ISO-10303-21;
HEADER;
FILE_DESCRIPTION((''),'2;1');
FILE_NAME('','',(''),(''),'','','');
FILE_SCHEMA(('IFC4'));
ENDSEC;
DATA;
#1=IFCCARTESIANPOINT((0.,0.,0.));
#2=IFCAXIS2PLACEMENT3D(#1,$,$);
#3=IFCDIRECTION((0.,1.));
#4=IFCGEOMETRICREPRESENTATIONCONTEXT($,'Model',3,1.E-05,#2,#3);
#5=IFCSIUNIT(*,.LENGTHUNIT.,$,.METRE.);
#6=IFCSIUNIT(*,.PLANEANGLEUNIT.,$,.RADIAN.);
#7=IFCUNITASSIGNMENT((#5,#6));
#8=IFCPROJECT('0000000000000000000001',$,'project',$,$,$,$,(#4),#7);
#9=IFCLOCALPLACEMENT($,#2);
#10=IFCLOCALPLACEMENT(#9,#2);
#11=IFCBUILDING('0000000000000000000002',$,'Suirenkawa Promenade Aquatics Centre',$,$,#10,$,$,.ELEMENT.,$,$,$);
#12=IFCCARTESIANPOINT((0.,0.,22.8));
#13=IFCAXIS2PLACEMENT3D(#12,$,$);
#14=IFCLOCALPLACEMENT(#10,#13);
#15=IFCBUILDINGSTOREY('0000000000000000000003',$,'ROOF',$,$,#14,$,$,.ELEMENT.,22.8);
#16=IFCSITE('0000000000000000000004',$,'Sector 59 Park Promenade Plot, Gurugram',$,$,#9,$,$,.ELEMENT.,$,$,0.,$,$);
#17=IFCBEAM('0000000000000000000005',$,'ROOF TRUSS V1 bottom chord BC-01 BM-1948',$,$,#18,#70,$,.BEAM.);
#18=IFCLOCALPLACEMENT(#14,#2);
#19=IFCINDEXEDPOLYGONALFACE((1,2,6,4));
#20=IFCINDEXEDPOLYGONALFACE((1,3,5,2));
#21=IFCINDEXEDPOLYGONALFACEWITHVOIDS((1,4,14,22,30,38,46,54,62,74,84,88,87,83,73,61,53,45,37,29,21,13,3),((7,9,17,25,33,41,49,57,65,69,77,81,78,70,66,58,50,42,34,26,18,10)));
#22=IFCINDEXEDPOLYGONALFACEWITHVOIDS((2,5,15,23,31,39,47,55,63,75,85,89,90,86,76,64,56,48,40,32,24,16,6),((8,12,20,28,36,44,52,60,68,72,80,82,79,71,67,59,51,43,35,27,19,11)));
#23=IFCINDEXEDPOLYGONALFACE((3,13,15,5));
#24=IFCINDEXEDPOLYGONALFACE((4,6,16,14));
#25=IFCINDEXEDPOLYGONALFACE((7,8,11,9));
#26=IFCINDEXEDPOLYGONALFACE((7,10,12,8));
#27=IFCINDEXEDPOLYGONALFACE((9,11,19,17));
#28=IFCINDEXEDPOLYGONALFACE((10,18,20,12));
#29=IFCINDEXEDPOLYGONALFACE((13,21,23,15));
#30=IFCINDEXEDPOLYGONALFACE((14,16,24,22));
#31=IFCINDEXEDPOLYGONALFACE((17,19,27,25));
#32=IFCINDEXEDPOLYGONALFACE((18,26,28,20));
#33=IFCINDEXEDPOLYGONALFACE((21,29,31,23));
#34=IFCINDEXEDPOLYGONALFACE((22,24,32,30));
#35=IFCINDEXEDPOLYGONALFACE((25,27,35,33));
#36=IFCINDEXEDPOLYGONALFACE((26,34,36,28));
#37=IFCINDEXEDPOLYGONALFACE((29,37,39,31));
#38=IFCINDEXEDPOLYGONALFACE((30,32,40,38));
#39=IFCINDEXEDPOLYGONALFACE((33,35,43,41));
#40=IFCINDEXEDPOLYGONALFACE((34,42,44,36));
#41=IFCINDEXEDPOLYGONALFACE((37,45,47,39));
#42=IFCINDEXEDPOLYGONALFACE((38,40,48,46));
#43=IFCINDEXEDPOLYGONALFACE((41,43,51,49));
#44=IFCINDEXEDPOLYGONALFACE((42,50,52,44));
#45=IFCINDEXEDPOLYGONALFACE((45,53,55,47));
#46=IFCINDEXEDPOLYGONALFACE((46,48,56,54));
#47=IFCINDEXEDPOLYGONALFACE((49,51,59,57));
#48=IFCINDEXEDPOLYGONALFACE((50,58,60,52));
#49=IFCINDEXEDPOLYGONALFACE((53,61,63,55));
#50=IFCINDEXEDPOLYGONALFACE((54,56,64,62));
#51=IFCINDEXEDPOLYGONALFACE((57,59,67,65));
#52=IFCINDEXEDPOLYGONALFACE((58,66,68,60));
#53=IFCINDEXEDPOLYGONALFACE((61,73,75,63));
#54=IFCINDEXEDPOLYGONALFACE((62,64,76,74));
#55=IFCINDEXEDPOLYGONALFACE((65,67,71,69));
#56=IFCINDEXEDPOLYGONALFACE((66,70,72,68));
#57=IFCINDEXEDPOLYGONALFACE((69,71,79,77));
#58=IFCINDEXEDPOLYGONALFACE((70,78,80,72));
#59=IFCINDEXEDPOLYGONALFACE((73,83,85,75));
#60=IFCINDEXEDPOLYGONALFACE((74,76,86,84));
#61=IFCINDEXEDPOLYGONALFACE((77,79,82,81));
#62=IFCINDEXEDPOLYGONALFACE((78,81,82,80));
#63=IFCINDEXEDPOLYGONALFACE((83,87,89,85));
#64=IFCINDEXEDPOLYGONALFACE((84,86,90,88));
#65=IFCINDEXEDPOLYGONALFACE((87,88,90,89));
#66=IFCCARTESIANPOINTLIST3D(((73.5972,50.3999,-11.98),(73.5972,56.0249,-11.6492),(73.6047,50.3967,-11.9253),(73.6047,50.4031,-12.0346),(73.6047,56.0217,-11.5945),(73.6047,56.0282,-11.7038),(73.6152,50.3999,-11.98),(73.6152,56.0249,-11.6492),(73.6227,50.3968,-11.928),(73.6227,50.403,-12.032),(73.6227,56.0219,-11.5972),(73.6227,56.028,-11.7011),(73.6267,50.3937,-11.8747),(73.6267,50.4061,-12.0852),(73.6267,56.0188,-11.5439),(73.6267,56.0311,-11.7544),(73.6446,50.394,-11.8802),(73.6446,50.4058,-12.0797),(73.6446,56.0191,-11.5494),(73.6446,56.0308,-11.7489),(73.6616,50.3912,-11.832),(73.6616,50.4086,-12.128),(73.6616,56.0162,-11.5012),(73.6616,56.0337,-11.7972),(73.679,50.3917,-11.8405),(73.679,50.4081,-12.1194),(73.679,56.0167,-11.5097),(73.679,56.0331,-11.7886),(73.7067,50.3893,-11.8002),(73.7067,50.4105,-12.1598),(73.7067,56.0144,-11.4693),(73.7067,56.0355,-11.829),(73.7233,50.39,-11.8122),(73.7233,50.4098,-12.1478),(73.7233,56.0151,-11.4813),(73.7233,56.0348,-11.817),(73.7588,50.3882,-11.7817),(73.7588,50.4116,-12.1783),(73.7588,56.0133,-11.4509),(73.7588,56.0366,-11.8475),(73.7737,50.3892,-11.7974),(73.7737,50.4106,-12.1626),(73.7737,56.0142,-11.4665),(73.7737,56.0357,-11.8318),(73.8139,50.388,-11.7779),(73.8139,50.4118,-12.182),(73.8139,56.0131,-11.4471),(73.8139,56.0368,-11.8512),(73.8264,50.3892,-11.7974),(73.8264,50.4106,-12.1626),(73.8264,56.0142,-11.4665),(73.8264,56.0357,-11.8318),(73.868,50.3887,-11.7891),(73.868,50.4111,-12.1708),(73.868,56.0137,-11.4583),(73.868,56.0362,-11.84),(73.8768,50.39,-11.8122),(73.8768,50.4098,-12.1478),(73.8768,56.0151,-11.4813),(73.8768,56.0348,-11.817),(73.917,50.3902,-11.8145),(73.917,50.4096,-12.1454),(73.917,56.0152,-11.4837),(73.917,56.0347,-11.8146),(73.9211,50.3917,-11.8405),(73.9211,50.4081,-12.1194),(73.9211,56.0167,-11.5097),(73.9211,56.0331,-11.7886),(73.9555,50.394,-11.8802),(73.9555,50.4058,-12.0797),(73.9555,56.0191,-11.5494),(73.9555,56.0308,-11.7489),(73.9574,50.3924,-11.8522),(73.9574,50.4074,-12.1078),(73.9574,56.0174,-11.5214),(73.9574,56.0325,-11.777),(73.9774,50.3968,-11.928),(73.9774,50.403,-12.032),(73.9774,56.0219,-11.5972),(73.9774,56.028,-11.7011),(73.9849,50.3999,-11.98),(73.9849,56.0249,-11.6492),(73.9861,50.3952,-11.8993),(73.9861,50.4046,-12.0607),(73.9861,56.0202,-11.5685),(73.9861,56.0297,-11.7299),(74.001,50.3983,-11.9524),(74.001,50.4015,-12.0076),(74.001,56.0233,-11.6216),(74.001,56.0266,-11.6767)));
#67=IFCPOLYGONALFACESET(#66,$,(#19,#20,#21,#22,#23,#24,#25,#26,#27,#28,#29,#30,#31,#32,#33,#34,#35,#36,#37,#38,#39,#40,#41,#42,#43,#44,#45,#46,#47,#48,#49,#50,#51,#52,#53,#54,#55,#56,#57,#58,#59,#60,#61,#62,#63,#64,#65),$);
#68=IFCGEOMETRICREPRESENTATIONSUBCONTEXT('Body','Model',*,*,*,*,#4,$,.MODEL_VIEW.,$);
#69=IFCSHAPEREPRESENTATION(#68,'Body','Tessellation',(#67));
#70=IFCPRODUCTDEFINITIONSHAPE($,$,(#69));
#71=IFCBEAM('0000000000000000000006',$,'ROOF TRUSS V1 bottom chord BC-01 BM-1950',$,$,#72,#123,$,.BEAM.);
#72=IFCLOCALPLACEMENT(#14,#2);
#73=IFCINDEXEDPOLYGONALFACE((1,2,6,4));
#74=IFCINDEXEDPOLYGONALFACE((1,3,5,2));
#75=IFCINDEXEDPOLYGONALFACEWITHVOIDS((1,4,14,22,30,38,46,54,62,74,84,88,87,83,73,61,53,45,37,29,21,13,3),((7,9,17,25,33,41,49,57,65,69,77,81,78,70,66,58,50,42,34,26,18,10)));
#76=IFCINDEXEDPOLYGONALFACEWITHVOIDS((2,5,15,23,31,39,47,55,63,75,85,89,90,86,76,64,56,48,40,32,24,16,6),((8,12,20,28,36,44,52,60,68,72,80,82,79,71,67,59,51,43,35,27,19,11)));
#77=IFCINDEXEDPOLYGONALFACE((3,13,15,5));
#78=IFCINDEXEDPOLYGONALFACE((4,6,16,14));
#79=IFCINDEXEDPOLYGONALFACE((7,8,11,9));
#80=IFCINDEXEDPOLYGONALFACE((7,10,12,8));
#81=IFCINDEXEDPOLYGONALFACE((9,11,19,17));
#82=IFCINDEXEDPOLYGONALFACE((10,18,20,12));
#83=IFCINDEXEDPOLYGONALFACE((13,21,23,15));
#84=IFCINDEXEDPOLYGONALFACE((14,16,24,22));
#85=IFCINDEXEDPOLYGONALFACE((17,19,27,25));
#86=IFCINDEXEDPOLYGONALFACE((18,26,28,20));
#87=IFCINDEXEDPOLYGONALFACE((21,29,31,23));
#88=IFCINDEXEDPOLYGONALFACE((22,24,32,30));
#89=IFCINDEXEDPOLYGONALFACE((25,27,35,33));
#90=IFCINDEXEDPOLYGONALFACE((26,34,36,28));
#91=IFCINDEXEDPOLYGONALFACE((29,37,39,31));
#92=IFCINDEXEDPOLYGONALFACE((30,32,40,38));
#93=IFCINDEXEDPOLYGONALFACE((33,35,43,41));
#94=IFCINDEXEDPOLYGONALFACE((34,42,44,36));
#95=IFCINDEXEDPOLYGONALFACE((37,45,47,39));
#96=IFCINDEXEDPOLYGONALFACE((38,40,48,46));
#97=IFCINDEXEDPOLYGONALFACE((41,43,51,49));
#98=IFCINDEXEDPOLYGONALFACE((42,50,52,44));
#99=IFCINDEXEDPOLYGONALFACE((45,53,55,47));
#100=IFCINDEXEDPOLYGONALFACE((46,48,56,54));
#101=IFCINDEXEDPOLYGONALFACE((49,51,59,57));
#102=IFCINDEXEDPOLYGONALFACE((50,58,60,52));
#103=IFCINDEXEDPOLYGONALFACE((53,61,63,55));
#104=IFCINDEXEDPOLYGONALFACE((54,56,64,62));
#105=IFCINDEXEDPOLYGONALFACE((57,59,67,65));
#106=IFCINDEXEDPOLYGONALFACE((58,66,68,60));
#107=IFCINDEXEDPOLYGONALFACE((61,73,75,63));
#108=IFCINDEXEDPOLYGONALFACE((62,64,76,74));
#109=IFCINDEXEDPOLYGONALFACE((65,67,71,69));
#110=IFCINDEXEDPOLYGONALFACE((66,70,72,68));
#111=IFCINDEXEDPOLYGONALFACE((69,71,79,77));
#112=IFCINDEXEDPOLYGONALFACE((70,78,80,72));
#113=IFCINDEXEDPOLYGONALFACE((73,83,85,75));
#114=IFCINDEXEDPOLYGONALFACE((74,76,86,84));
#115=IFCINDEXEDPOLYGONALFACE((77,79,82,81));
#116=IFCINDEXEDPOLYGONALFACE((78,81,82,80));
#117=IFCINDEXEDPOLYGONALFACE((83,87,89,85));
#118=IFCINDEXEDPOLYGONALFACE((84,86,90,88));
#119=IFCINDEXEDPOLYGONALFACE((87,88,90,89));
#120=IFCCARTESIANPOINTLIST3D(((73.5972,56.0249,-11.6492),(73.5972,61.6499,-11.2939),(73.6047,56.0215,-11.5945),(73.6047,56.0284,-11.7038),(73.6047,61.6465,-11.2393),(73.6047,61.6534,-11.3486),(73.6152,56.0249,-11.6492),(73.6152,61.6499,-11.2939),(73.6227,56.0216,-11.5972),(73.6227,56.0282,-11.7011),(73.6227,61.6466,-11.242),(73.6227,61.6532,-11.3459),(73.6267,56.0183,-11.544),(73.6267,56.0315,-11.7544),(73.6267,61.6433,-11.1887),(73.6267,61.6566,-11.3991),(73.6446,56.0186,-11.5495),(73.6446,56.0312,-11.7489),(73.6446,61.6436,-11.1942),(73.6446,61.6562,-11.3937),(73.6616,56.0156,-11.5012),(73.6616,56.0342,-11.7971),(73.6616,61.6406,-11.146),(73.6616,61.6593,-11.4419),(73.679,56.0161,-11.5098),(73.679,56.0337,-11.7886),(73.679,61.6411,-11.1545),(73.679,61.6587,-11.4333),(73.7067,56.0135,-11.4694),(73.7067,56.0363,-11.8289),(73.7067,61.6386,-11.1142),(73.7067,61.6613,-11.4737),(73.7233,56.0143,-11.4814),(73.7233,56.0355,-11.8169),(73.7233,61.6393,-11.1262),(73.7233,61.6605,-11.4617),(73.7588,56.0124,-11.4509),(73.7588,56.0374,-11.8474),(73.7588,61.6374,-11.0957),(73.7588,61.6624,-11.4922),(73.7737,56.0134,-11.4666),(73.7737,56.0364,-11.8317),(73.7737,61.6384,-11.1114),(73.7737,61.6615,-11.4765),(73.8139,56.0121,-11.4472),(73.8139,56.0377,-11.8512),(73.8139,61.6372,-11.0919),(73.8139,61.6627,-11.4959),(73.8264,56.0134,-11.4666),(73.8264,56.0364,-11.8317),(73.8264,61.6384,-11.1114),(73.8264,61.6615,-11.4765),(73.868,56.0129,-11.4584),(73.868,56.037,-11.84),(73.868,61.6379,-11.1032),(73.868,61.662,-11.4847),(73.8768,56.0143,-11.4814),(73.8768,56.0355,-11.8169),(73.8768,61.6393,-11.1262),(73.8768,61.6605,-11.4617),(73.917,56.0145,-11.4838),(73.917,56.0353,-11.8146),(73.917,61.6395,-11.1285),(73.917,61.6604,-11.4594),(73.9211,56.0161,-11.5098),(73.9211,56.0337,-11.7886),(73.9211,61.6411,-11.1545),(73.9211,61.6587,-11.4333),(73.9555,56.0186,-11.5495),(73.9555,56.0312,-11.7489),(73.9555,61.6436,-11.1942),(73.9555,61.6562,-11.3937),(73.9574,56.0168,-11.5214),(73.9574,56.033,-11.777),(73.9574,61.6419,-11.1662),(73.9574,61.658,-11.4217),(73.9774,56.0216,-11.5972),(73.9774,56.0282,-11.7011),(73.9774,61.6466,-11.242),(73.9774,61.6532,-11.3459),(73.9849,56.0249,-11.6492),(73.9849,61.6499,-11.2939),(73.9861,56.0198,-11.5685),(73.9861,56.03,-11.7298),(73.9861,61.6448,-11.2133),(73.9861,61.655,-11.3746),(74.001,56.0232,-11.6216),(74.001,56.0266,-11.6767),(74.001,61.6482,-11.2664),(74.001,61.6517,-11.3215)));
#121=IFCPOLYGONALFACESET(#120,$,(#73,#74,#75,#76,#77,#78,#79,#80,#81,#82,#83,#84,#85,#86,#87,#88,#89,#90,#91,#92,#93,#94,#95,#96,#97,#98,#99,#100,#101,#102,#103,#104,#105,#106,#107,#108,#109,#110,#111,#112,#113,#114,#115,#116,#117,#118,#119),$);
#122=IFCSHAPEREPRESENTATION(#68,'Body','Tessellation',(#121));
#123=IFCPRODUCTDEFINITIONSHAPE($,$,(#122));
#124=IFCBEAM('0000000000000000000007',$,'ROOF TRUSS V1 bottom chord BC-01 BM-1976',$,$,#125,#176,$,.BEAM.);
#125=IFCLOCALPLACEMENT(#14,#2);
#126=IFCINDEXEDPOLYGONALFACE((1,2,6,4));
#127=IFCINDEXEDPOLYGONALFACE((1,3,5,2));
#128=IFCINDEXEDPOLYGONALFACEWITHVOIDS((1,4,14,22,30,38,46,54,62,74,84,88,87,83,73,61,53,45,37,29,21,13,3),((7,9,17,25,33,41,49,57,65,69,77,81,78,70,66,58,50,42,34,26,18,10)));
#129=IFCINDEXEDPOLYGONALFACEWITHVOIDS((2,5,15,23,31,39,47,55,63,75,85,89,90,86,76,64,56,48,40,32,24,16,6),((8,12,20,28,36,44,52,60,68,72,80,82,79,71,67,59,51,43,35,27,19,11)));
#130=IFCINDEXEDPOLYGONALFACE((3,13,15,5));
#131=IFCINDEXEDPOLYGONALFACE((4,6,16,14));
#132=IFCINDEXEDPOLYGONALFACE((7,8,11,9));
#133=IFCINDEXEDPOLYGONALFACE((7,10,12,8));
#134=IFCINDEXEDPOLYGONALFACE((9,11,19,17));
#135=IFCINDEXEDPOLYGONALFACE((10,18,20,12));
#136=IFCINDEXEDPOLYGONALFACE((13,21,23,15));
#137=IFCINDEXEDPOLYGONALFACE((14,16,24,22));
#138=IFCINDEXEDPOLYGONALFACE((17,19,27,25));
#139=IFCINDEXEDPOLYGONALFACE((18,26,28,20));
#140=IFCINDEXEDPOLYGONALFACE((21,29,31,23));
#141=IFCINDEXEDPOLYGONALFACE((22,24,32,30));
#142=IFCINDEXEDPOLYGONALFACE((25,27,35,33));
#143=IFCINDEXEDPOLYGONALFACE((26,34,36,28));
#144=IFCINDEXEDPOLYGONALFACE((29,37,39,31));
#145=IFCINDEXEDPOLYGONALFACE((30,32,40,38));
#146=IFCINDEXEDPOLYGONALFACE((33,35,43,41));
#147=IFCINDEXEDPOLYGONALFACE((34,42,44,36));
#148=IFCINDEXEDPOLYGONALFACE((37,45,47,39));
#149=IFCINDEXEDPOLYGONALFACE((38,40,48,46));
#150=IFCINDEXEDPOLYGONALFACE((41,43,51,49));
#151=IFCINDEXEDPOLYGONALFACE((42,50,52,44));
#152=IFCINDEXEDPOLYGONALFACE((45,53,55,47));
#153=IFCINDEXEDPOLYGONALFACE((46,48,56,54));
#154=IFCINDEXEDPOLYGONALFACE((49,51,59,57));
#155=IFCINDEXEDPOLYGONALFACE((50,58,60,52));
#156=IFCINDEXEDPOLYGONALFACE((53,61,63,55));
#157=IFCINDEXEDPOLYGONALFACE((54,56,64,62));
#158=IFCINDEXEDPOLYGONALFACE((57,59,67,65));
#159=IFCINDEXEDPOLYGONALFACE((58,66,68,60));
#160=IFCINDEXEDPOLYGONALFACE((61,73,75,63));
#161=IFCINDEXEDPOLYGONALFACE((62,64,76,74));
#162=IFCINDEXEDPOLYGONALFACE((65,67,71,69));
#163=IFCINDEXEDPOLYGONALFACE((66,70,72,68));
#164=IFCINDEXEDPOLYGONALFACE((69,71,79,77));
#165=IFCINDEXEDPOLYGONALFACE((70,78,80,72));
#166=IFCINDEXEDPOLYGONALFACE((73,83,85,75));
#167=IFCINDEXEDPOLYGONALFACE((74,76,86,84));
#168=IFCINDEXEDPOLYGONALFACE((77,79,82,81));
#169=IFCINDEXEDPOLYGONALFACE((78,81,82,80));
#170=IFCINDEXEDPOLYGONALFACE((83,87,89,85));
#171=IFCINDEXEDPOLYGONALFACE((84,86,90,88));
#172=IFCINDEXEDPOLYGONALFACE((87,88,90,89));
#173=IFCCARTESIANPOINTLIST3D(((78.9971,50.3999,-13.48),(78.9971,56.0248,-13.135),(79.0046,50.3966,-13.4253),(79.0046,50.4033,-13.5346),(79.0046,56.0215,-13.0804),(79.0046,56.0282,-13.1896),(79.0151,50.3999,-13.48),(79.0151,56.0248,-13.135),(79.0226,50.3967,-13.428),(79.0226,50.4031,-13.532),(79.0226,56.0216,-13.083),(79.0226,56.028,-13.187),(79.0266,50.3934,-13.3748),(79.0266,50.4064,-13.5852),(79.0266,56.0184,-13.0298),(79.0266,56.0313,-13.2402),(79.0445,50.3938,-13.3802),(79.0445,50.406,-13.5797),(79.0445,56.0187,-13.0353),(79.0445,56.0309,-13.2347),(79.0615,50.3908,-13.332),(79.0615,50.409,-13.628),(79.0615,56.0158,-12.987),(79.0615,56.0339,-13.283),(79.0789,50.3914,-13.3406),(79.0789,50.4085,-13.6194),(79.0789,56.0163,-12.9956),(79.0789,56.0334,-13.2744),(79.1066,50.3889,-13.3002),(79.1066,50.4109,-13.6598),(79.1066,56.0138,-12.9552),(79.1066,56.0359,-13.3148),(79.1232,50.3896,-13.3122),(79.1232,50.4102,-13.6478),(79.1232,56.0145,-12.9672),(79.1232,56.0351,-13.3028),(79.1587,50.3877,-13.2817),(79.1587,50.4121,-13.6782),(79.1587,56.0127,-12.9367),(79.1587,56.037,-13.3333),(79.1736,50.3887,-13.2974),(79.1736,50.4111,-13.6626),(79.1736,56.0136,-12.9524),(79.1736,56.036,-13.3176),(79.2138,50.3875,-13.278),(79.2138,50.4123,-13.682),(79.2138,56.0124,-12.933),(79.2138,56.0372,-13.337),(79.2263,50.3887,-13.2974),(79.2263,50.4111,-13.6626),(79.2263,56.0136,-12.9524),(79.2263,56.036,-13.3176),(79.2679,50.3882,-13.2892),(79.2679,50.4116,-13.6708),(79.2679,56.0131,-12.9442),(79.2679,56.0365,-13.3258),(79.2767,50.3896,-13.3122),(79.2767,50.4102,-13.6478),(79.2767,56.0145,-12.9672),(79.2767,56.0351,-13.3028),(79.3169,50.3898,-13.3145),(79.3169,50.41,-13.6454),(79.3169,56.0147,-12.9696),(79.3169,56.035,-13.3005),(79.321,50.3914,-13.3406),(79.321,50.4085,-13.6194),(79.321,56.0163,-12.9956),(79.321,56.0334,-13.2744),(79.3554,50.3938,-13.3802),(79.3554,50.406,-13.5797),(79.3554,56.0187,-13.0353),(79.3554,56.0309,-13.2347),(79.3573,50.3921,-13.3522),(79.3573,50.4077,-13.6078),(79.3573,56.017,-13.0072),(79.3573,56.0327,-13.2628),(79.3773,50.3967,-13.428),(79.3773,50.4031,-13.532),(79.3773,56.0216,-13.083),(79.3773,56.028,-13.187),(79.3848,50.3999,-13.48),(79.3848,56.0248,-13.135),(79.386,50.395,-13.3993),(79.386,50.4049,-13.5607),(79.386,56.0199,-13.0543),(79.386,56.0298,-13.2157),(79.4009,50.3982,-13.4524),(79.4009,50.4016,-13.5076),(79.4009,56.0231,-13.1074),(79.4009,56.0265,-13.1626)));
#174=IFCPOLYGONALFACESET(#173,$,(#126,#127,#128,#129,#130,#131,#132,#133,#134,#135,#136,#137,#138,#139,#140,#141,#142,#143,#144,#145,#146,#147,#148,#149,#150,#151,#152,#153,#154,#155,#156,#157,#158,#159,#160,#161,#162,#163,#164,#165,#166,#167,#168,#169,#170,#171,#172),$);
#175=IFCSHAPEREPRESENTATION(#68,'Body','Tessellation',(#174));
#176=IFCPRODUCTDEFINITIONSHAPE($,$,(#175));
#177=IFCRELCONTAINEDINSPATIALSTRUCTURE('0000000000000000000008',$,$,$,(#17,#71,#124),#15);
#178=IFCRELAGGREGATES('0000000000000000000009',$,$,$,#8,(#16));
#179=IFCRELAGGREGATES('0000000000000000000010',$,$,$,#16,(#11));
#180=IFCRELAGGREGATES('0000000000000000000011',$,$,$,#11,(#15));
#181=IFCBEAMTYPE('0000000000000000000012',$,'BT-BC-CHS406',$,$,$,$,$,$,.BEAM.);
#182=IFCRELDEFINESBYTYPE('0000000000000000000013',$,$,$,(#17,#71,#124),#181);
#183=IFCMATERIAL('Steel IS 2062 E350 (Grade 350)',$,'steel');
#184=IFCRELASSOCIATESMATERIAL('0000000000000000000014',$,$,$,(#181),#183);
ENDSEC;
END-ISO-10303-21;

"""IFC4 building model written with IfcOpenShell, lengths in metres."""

from ifc_helpers import new_model, si_unit, direction, frame, origin, origin_2d, place, context, subcontext, project, spatial, hollow_circle, extrude, material, material_profile, profile_set, type_object, element, save


model = new_model("IFC4")

# Units and contexts
model_context = context("Model", 3, precision=1e-05, world=origin(), true_north=direction((0.0, 1.0)))
body_context = subcontext(model_context, "Body", "Model", "MODEL_VIEW")
ifc_project = project(units=[si_unit("LENGTHUNIT", "METRE"), si_unit("PLANEANGLEUNIT", "RADIAN")], contexts=[model_context])

# Site, building, storey
site_placement = place(None, origin())
site = spatial("IfcSite", under=ifc_project, at=site_placement, Name="Sector 59 Park Promenade Plot, Gurugram", CompositionType="ELEMENT", RefElevation=0.0)
building_placement = place(site_placement, origin())
building = spatial("IfcBuilding", under=site, at=building_placement, Name="Suirenkawa Promenade Aquatics Centre", CompositionType="ELEMENT")
storey_placement = place(building_placement, frame((0.0, 0.0, 22.8)))
storey = spatial("IfcBuildingStorey", under=building, at=storey_placement, Name="ROOF", CompositionType="ELEMENT", Elevation=22.8)

# Beams
ifc_material_1 = material(Name="Steel IS 2062 E350 (Grade 350)", Category="steel")
ifc_material_profile_1 = material_profile(ifc_material_1, hollow_circle(Radius=0.2029, WallThickness=0.0181, at=origin_2d()), Name="CHS 406x18", Category="steel")
ifc_profile_set_1 = profile_set([ifc_material_profile_1], Name="Steel IS 2062 E350 (Grade 350)")
beam_type_1 = type_object("IfcBeamType", Name="BT-BC-CHS406", PredefinedType="BEAM", material=ifc_profile_set_1)
beam_1_placement = place(storey_placement, frame((73.8, 50.3999, -11.98), z_axis=(0.0, 0.998275, 0.058709), x_axis=(-1.0, 0.0, 0.0)))
element("IfcBeam", 1, at=beam_1_placement, inside=storey, type_object=beam_type_1, Name="ROOF TRUSS V1 bottom chord BC-01 BM-1948", PredefinedType="BEAM", context=body_context, shape_type="SweptSolid", body=[
    extrude(hollow_circle(Radius=0.2029, WallThickness=0.0181, at=origin_2d()), origin(), (0.0, 0.0, 1.0), 5.6348),
])
beam_2_placement = place(storey_placement, frame((73.8, 56.0249, -11.6492), z_axis=(0.0, 0.998012, 0.063025), x_axis=(-1.0, 0.0, 0.0)))
element("IfcBeam", 2, at=beam_2_placement, inside=storey, type_object=beam_type_1, Name="ROOF TRUSS V1 bottom chord BC-01 BM-1950", PredefinedType="BEAM", context=body_context, shape_type="SweptSolid", body=[
    extrude(hollow_circle(Radius=0.2029, WallThickness=0.0181, at=origin_2d()), origin(), (0.0, 0.0, 1.0), 5.6362),
])
beam_3_placement = place(storey_placement, frame((79.2, 50.3999, -13.48), z_axis=(0.0, 0.998125, 0.061213), x_axis=(-1.0, 0.0, 0.0)))
element("IfcBeam", 3, at=beam_3_placement, inside=storey, type_object=beam_type_1, Name="ROOF TRUSS V1 bottom chord BC-01 BM-1976", PredefinedType="BEAM", context=body_context, shape_type="SweptSolid", body=[
    extrude(hollow_circle(Radius=0.2029, WallThickness=0.0181, at=origin_2d()), origin(), (0.0, 0.0, 1.0), 5.6355),
])

save(model, "model.ifc")
